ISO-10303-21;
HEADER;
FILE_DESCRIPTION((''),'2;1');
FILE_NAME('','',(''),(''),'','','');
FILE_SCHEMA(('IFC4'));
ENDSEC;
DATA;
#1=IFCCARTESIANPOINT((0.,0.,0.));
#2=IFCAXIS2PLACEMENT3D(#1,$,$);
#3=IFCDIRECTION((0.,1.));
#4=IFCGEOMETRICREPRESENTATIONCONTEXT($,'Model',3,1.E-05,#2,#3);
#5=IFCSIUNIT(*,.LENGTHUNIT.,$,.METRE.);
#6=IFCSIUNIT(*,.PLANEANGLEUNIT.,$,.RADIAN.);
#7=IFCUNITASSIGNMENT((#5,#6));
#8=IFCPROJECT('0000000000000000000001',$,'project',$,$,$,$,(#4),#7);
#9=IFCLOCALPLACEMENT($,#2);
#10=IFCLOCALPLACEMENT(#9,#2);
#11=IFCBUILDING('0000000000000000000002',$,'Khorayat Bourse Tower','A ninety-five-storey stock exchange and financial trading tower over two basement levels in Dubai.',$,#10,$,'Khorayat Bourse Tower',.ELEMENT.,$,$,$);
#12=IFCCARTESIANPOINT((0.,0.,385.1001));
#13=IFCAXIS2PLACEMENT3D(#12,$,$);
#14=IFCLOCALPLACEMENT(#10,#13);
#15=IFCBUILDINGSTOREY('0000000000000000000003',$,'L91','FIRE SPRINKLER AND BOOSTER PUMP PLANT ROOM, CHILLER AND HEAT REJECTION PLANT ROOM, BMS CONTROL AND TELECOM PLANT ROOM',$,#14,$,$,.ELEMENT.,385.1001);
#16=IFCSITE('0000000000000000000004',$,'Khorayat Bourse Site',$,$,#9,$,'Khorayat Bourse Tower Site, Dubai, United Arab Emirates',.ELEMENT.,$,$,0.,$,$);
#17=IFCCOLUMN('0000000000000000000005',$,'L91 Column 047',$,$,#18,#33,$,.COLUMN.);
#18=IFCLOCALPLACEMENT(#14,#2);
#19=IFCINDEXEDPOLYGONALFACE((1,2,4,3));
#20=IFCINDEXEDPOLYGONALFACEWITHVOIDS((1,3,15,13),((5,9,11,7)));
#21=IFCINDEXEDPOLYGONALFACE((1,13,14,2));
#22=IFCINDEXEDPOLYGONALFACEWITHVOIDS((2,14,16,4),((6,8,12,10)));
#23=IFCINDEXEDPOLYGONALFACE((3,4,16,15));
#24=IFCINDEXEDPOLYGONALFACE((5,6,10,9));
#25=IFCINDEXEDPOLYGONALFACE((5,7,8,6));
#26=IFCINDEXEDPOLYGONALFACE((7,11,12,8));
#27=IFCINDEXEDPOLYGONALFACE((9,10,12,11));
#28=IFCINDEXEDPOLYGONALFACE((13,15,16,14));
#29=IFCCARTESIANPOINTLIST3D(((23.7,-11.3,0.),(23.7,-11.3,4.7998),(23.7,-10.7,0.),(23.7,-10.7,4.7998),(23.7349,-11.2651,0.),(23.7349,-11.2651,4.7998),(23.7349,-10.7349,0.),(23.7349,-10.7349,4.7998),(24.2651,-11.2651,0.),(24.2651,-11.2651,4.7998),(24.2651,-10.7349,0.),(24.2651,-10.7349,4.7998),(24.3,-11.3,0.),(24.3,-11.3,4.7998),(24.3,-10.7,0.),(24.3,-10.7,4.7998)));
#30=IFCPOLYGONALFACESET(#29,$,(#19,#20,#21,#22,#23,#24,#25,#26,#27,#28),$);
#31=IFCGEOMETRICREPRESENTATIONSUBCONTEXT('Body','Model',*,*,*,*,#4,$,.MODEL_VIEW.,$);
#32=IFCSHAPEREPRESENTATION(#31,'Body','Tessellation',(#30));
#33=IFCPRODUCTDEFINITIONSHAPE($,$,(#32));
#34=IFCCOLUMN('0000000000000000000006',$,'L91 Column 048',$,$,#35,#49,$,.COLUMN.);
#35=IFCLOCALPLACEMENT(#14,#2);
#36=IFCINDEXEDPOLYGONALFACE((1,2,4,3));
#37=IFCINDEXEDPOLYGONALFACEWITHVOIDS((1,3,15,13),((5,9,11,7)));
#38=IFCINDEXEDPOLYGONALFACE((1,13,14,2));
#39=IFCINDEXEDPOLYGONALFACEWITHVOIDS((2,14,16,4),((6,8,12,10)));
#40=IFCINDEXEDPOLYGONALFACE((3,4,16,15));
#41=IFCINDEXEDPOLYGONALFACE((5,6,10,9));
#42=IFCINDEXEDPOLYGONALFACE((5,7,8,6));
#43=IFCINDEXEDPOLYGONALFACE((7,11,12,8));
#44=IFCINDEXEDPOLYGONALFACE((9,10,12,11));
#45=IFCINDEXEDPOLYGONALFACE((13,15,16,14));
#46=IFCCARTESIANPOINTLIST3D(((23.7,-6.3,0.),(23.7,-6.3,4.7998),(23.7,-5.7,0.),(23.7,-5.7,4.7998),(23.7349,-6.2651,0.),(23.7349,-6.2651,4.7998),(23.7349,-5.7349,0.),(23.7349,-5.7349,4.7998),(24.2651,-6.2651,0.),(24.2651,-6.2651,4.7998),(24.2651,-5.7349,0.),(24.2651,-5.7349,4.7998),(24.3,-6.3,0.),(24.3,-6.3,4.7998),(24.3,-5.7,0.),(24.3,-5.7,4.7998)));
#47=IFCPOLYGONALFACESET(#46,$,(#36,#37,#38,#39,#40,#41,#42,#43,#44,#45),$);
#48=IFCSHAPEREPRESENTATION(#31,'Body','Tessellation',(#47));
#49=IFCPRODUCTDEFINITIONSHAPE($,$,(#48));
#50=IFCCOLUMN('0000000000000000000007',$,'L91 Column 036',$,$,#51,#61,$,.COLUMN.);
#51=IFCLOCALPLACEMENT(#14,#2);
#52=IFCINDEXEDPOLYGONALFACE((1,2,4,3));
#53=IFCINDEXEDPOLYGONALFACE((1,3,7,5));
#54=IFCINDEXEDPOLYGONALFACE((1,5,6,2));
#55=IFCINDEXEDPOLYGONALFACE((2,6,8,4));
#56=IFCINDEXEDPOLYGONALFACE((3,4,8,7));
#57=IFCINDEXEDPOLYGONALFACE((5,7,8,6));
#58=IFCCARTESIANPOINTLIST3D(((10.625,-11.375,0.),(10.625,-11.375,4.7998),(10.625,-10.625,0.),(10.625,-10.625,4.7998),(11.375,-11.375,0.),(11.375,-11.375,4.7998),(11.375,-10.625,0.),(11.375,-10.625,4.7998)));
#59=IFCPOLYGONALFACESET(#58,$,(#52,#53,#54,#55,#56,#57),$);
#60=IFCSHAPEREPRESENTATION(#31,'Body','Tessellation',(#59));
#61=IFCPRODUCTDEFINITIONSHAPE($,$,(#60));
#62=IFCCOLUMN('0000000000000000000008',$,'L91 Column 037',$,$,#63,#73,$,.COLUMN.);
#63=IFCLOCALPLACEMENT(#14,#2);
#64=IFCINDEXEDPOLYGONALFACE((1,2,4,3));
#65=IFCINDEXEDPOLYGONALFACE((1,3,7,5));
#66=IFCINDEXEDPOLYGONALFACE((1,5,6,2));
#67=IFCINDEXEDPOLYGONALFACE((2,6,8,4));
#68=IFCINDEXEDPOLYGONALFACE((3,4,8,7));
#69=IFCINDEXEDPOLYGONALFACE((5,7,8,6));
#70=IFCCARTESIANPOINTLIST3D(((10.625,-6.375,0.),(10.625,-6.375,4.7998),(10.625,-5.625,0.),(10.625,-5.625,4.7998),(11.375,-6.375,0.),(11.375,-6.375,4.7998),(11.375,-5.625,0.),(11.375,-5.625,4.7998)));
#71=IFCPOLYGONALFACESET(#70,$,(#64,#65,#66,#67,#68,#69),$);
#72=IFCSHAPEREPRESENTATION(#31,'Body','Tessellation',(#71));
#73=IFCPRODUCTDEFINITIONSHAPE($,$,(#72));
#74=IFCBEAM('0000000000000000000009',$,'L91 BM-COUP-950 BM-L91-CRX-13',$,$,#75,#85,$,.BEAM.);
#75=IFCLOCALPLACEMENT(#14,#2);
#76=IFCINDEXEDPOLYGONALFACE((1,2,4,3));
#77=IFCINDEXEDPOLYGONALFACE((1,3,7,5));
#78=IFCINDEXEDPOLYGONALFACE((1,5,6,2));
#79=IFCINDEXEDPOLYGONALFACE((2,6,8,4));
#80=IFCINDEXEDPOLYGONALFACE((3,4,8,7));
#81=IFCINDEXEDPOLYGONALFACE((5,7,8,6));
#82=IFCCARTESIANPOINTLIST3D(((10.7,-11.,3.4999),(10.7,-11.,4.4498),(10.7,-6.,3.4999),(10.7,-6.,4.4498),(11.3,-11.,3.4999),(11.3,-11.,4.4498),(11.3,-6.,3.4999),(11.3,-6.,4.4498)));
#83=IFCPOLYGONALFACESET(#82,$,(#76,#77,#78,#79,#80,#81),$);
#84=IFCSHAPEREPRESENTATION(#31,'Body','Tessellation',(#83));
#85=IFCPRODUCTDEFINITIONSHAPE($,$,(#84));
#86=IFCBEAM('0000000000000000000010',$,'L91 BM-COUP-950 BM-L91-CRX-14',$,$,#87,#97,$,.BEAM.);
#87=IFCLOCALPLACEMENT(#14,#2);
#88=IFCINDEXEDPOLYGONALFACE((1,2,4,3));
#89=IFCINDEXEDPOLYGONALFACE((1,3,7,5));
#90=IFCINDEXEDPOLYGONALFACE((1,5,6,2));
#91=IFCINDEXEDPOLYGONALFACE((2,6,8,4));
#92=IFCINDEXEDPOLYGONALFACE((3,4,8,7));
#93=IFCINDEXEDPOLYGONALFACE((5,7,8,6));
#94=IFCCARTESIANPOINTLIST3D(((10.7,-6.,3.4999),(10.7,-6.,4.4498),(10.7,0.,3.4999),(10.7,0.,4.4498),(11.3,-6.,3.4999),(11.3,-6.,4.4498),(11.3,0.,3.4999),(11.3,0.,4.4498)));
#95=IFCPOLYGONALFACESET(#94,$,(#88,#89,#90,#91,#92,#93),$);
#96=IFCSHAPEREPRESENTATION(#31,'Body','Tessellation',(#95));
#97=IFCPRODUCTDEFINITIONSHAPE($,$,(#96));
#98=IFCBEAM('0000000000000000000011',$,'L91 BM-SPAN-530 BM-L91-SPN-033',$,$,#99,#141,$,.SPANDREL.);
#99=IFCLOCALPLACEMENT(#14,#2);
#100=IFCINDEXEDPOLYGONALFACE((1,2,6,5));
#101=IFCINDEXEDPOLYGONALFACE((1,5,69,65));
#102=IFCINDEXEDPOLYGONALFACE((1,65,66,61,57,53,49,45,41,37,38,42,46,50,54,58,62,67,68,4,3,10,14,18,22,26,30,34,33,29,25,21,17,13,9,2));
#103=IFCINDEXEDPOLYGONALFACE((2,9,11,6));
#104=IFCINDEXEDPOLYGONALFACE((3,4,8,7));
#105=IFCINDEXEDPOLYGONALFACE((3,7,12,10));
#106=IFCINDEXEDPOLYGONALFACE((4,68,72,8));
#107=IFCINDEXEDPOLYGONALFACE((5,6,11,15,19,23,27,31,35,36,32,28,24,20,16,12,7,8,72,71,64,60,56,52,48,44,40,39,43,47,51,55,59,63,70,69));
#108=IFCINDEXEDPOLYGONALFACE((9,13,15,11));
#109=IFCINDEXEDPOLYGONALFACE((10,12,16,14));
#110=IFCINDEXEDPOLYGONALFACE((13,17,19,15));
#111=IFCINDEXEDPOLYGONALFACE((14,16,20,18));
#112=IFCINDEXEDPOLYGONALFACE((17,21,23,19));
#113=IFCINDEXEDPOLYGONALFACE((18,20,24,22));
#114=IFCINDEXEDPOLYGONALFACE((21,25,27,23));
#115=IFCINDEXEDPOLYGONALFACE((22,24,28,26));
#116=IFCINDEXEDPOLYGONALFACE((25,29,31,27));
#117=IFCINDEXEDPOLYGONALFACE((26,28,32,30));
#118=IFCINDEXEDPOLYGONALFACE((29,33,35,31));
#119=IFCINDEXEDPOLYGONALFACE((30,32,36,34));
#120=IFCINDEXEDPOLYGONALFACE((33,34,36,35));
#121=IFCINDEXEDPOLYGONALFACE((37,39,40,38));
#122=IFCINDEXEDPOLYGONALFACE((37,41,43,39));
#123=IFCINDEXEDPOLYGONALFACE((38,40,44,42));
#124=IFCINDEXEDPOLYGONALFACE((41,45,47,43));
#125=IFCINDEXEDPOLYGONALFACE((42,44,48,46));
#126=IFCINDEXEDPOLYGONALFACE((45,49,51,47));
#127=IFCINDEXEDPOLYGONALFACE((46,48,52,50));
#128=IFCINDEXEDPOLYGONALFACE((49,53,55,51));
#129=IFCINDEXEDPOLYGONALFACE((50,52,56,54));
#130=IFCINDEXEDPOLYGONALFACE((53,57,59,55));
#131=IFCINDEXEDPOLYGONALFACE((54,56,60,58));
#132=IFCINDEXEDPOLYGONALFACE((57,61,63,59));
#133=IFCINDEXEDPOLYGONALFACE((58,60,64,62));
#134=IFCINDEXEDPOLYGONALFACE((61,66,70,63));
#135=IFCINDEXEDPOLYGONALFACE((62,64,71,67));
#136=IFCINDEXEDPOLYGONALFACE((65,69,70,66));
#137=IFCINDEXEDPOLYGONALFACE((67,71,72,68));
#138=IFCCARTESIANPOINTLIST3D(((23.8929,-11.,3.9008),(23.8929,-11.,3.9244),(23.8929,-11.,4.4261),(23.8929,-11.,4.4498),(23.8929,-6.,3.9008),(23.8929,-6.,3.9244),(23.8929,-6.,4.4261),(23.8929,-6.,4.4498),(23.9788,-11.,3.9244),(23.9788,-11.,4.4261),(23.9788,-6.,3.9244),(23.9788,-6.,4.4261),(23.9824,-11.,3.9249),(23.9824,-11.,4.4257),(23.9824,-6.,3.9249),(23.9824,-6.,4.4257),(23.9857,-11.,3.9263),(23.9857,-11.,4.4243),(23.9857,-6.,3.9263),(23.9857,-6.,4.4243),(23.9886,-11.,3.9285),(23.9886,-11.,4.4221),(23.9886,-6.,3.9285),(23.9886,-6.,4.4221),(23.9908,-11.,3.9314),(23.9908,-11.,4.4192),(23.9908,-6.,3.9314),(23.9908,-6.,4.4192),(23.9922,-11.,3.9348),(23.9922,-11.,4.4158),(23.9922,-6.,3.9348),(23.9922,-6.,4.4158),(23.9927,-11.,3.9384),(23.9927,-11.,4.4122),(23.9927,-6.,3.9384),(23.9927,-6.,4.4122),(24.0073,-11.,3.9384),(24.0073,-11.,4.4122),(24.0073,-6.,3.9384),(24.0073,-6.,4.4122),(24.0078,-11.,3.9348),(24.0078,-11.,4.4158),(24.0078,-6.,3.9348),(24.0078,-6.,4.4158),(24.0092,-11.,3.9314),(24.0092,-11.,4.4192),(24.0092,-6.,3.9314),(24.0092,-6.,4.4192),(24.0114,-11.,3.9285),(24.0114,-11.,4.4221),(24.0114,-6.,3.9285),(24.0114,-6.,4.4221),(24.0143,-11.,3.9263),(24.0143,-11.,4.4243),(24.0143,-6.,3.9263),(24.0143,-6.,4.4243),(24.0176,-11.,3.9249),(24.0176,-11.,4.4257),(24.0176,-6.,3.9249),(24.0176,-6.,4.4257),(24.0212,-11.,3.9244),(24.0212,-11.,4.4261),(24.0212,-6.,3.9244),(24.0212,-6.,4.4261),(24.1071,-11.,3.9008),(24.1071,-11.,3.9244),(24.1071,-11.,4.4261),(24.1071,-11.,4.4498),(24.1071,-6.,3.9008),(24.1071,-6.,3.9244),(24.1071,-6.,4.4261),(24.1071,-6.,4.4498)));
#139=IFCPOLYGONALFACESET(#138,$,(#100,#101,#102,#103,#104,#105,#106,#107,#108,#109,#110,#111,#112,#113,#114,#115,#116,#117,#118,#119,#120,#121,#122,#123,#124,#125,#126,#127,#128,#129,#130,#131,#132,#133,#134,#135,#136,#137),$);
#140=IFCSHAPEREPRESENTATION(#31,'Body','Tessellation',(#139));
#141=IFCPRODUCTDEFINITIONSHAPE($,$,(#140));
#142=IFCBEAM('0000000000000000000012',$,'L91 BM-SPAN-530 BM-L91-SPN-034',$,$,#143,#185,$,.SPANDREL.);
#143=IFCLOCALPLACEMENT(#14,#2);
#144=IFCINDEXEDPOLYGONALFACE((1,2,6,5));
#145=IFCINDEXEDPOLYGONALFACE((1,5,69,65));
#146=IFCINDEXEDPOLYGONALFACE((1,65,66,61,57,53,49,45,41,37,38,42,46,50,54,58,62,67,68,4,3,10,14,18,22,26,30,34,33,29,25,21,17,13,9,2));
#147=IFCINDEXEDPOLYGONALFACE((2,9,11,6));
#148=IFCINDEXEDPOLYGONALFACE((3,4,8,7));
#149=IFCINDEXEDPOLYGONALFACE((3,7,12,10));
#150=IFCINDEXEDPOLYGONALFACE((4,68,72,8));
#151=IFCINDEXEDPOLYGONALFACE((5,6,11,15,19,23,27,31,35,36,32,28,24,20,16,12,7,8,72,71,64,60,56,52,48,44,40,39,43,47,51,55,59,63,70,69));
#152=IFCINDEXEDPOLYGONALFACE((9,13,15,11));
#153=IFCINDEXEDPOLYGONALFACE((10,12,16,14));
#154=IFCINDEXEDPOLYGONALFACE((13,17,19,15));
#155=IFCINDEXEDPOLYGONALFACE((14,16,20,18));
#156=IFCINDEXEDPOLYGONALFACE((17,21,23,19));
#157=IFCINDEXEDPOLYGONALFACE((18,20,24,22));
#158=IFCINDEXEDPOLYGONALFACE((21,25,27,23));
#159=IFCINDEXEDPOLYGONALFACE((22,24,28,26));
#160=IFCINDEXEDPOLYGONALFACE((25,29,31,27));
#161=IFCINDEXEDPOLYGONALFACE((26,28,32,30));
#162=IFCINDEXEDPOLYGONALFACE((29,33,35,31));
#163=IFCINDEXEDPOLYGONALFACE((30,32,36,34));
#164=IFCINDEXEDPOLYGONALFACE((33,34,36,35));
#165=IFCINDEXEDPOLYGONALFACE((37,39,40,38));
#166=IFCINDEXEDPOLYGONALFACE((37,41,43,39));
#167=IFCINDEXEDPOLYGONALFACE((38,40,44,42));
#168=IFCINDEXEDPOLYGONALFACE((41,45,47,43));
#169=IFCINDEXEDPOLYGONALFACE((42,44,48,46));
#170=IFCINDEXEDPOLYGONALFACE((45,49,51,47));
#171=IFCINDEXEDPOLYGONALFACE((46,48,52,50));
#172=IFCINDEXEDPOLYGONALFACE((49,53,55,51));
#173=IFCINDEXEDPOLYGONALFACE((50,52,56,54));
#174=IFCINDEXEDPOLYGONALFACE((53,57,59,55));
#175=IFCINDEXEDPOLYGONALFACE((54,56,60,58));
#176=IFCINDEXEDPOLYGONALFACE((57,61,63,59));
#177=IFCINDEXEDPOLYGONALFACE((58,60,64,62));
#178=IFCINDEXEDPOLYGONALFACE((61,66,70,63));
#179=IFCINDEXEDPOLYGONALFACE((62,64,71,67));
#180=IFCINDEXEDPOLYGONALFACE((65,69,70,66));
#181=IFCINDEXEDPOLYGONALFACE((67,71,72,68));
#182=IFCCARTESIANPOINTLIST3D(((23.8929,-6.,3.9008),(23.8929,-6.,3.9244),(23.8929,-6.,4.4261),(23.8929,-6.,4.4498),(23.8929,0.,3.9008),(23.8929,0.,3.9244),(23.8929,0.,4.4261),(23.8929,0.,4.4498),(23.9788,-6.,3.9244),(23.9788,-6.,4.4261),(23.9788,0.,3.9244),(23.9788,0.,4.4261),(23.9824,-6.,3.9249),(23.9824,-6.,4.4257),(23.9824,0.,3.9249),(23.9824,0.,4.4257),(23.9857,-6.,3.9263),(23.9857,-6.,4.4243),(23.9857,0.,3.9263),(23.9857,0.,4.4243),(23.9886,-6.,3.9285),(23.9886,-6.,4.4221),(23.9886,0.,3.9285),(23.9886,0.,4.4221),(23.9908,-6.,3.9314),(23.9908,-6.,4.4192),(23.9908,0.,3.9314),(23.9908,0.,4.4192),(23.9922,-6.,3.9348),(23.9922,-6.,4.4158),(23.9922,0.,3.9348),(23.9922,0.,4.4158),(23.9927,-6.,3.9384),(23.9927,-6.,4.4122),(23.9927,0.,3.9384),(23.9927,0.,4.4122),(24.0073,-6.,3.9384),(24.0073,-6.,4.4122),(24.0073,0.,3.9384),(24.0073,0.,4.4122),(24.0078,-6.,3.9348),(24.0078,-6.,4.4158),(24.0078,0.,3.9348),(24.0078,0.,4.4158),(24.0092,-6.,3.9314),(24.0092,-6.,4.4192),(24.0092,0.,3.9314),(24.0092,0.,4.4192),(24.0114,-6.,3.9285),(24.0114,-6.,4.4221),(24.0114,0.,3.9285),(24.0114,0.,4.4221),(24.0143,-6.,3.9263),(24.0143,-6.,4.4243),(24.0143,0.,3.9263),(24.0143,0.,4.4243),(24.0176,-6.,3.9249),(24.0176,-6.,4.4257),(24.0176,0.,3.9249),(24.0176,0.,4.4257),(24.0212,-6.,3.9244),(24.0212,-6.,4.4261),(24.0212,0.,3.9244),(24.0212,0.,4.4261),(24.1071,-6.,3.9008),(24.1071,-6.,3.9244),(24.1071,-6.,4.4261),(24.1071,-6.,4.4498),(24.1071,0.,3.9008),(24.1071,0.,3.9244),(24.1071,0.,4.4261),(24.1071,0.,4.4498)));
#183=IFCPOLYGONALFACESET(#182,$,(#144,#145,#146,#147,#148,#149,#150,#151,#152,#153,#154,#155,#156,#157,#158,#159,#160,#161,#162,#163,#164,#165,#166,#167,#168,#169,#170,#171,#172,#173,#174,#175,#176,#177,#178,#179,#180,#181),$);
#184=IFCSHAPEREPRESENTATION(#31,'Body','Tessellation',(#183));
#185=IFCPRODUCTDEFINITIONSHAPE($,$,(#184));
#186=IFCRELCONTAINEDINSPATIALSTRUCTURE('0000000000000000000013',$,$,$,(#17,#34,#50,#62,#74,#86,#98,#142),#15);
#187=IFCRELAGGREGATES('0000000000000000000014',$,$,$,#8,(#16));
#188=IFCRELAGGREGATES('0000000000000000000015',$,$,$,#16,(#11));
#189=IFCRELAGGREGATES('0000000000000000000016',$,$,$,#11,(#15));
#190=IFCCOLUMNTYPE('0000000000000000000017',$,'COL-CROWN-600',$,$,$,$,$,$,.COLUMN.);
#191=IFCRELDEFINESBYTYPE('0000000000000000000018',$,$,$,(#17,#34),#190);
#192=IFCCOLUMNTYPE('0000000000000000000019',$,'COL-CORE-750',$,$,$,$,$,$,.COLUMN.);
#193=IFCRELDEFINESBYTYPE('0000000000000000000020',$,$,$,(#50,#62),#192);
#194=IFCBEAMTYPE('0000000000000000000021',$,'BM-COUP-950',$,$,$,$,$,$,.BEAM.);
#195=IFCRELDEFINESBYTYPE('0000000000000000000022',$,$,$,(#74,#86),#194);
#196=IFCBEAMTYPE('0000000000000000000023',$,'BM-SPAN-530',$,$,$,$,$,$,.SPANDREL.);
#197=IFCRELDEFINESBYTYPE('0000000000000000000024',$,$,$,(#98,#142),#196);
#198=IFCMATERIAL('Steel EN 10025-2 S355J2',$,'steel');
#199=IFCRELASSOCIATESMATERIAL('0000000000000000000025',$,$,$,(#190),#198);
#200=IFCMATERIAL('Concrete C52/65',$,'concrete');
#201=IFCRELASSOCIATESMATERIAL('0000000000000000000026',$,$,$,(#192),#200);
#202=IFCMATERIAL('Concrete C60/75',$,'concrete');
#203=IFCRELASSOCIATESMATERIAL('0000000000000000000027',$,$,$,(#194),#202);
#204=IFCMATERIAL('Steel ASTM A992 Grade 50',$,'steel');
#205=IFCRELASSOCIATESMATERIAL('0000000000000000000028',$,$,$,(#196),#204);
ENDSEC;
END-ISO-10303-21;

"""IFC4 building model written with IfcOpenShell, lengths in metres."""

from ifc_helpers import new_model, si_unit, direction, frame, origin, origin_2d, place, context, subcontext, project, spatial, rectangle, hollow_rectangle, i_section, extrude, source, transform, mapped, material, material_profile, profile_set, type_object, element, save


model = new_model("IFC4")

# Units and contexts
model_context = context("Model", 3, precision=1e-05, world=origin(), true_north=direction((0.0, 1.0)))
body_context = subcontext(model_context, "Body", "Model", "MODEL_VIEW")
ifc_project = project(units=[si_unit("LENGTHUNIT", "METRE"), si_unit("PLANEANGLEUNIT", "RADIAN")], contexts=[model_context])

# Site, building, storey
site_placement = place(None, origin())
site = spatial("IfcSite", under=ifc_project, at=site_placement, Name="Khorayat Bourse Site", LongName="Khorayat Bourse Tower Site, Dubai, United Arab Emirates", CompositionType="ELEMENT", RefElevation=0.0)
building_placement = place(site_placement, origin())
building = spatial("IfcBuilding", under=site, at=building_placement, Name="Khorayat Bourse Tower", Description="A ninety-five-storey stock exchange and financial trading tower over two basement levels in Dubai.", LongName="Khorayat Bourse Tower", CompositionType="ELEMENT")
storey_placement = place(building_placement, frame((0.0, 0.0, 385.1001)))
storey = spatial("IfcBuildingStorey", under=building, at=storey_placement, Name="L91", Description="FIRE SPRINKLER AND BOOSTER PUMP PLANT ROOM, CHILLER AND HEAT REJECTION PLANT ROOM, BMS CONTROL AND TELECOM PLANT ROOM", CompositionType="ELEMENT", Elevation=385.1001)

# Columns
ifc_material_1 = material(Name="Steel EN 10025-2 S355J2", Category="steel")
ifc_material_profile_1 = material_profile(ifc_material_1, hollow_rectangle(XDim=0.6001, YDim=0.6001, WallThickness=0.0349, at=origin_2d()), Name="BOX 600x600x35")
ifc_profile_set_1 = profile_set([ifc_material_profile_1], Name="Steel EN 10025-2 S355J2")
column_type_1 = type_object("IfcColumnType", Name="COL-CROWN-600", PredefinedType="COLUMN", material=ifc_profile_set_1)
shared_shape_1 = source(origin(), body_context, "Body", "SweptSolid", [
    extrude(hollow_rectangle(XDim=0.6001, YDim=0.6001, WallThickness=0.0349, at=origin_2d()), origin(), (0.0, 0.0, 1.0), 4.7998),
])
for number, where, z_axis, x_axis, name in (
    (1, (24.0, -11.0, 0.0), (0.0, 0.0, 1.0), (1.0, 0.0, 0.0), "L91 Column 047"),
    (2, (24.0, -6.0, 0.0), (0.0, 0.0, 1.0), (1.0, 0.0, 0.0), "L91 Column 048"),
):
    element("IfcColumn", number, at=place(storey_placement, frame(where, z_axis=z_axis, x_axis=x_axis)), inside=storey, type_object=column_type_1, Name=name, PredefinedType="COLUMN", context=body_context, shape_type="MappedRepresentation", body=[
        mapped(shared_shape_1, transform((0.0, 0.0, 0.0), scale=1.0)),
    ])
ifc_material_2 = material(Name="Concrete C52/65", Category="concrete")
ifc_material_profile_2 = material_profile(ifc_material_2, rectangle(XDim=0.75, YDim=0.75, at=origin_2d()), Name="RC 750x750")
ifc_profile_set_2 = profile_set([ifc_material_profile_2], Name="Concrete C52/65")
column_type_2 = type_object("IfcColumnType", Name="COL-CORE-750", PredefinedType="COLUMN", material=ifc_profile_set_2)
shared_shape_2 = source(origin(), body_context, "Body", "SweptSolid", [
    extrude(rectangle(XDim=0.75, YDim=0.75, at=origin_2d()), origin(), (0.0, 0.0, 1.0), 4.7998),
])
for number, where, z_axis, x_axis, name in (
    (3, (11.0, -11.0, 0.0), (0.0, 0.0, 1.0), (1.0, 0.0, 0.0), "L91 Column 036"),
    (4, (11.0, -6.0, 0.0), (0.0, 0.0, 1.0), (1.0, 0.0, 0.0), "L91 Column 037"),
):
    element("IfcColumn", number, at=place(storey_placement, frame(where, z_axis=z_axis, x_axis=x_axis)), inside=storey, type_object=column_type_2, Name=name, PredefinedType="COLUMN", context=body_context, shape_type="MappedRepresentation", body=[
        mapped(shared_shape_2, transform((0.0, 0.0, 0.0), scale=1.0)),
    ])

# Beams
ifc_material_3 = material(Name="Concrete C60/75", Category="concrete")
ifc_material_profile_3 = material_profile(ifc_material_3, rectangle(XDim=0.6001, YDim=0.95, at=origin_2d()), Name="RC 600x950")
ifc_profile_set_3 = profile_set([ifc_material_profile_3], Name="Concrete C60/75")
beam_type_1 = type_object("IfcBeamType", Name="BM-COUP-950", PredefinedType="BEAM", material=ifc_profile_set_3)
shared_shape_3 = source(origin(), body_context, "Body", "SweptSolid", [
    extrude(rectangle(XDim=0.6001, YDim=0.95, at=origin_2d()), origin(), (0.0, 0.0, 1.0), 5.0),
])
beam_1_placement = place(storey_placement, frame((11.0, -11.0, 3.9749), z_axis=(0.0, 1.0, 0.0), x_axis=(-1.0, 0.0, 0.0)))
element("IfcBeam", 5, at=beam_1_placement, inside=storey, type_object=beam_type_1, Name="L91 BM-COUP-950 BM-L91-CRX-13", PredefinedType="BEAM", context=body_context, shape_type="MappedRepresentation", body=[
    mapped(shared_shape_3, transform((0.0, 0.0, 0.0), scale=1.0)),
])
shared_shape_4 = source(origin(), body_context, "Body", "SweptSolid", [
    extrude(rectangle(XDim=0.6001, YDim=0.95, at=origin_2d()), origin(), (0.0, 0.0, 1.0), 6.0),
])
beam_2_placement = place(storey_placement, frame((11.0, -6.0, 3.9749), z_axis=(0.0, 1.0, 0.0), x_axis=(-1.0, 0.0, 0.0)))
element("IfcBeam", 6, at=beam_2_placement, inside=storey, type_object=beam_type_1, Name="L91 BM-COUP-950 BM-L91-CRX-14", PredefinedType="BEAM", context=body_context, shape_type="MappedRepresentation", body=[
    mapped(shared_shape_4, transform((0.0, 0.0, 0.0), scale=1.0)),
])
ifc_material_4 = material(Name="Steel ASTM A992 Grade 50", Category="steel")
ifc_material_profile_4 = material_profile(ifc_material_4, i_section(OverallWidth=0.2141, OverallDepth=0.5491, WebThickness=0.0146, FlangeThickness=0.0237, FilletRadius=0.0139, at=origin_2d()), Name="W530X138")
ifc_profile_set_4 = profile_set([ifc_material_profile_4], Name="Steel ASTM A992 Grade 50")
beam_type_2 = type_object("IfcBeamType", Name="BM-SPAN-530", PredefinedType="SPANDREL", material=ifc_profile_set_4)
shared_shape_5 = source(origin(), body_context, "Body", "SweptSolid", [
    extrude(i_section(OverallWidth=0.2141, OverallDepth=0.5491, WebThickness=0.0146, FlangeThickness=0.0237, FilletRadius=0.0139, at=origin_2d()), origin(), (0.0, 0.0, 1.0), 5.0),
])
beam_3_placement = place(storey_placement, frame((24.0, -11.0, 4.1753), z_axis=(0.0, 1.0, 0.0), x_axis=(-1.0, 0.0, 0.0)))
element("IfcBeam", 7, at=beam_3_placement, inside=storey, type_object=beam_type_2, Name="L91 BM-SPAN-530 BM-L91-SPN-033", PredefinedType="SPANDREL", context=body_context, shape_type="MappedRepresentation", body=[
    mapped(shared_shape_5, transform((0.0, 0.0, 0.0), scale=1.0)),
])
shared_shape_6 = source(origin(), body_context, "Body", "SweptSolid", [
    extrude(i_section(OverallWidth=0.2141, OverallDepth=0.5491, WebThickness=0.0146, FlangeThickness=0.0237, FilletRadius=0.0139, at=origin_2d()), origin(), (0.0, 0.0, 1.0), 6.0),
])
beam_4_placement = place(storey_placement, frame((24.0, -6.0, 4.1753), z_axis=(0.0, 1.0, 0.0), x_axis=(-1.0, 0.0, 0.0)))
element("IfcBeam", 8, at=beam_4_placement, inside=storey, type_object=beam_type_2, Name="L91 BM-SPAN-530 BM-L91-SPN-034", PredefinedType="SPANDREL", context=body_context, shape_type="MappedRepresentation", body=[
    mapped(shared_shape_6, transform((0.0, 0.0, 0.0), scale=1.0)),
])

save(model, "model.ifc")
